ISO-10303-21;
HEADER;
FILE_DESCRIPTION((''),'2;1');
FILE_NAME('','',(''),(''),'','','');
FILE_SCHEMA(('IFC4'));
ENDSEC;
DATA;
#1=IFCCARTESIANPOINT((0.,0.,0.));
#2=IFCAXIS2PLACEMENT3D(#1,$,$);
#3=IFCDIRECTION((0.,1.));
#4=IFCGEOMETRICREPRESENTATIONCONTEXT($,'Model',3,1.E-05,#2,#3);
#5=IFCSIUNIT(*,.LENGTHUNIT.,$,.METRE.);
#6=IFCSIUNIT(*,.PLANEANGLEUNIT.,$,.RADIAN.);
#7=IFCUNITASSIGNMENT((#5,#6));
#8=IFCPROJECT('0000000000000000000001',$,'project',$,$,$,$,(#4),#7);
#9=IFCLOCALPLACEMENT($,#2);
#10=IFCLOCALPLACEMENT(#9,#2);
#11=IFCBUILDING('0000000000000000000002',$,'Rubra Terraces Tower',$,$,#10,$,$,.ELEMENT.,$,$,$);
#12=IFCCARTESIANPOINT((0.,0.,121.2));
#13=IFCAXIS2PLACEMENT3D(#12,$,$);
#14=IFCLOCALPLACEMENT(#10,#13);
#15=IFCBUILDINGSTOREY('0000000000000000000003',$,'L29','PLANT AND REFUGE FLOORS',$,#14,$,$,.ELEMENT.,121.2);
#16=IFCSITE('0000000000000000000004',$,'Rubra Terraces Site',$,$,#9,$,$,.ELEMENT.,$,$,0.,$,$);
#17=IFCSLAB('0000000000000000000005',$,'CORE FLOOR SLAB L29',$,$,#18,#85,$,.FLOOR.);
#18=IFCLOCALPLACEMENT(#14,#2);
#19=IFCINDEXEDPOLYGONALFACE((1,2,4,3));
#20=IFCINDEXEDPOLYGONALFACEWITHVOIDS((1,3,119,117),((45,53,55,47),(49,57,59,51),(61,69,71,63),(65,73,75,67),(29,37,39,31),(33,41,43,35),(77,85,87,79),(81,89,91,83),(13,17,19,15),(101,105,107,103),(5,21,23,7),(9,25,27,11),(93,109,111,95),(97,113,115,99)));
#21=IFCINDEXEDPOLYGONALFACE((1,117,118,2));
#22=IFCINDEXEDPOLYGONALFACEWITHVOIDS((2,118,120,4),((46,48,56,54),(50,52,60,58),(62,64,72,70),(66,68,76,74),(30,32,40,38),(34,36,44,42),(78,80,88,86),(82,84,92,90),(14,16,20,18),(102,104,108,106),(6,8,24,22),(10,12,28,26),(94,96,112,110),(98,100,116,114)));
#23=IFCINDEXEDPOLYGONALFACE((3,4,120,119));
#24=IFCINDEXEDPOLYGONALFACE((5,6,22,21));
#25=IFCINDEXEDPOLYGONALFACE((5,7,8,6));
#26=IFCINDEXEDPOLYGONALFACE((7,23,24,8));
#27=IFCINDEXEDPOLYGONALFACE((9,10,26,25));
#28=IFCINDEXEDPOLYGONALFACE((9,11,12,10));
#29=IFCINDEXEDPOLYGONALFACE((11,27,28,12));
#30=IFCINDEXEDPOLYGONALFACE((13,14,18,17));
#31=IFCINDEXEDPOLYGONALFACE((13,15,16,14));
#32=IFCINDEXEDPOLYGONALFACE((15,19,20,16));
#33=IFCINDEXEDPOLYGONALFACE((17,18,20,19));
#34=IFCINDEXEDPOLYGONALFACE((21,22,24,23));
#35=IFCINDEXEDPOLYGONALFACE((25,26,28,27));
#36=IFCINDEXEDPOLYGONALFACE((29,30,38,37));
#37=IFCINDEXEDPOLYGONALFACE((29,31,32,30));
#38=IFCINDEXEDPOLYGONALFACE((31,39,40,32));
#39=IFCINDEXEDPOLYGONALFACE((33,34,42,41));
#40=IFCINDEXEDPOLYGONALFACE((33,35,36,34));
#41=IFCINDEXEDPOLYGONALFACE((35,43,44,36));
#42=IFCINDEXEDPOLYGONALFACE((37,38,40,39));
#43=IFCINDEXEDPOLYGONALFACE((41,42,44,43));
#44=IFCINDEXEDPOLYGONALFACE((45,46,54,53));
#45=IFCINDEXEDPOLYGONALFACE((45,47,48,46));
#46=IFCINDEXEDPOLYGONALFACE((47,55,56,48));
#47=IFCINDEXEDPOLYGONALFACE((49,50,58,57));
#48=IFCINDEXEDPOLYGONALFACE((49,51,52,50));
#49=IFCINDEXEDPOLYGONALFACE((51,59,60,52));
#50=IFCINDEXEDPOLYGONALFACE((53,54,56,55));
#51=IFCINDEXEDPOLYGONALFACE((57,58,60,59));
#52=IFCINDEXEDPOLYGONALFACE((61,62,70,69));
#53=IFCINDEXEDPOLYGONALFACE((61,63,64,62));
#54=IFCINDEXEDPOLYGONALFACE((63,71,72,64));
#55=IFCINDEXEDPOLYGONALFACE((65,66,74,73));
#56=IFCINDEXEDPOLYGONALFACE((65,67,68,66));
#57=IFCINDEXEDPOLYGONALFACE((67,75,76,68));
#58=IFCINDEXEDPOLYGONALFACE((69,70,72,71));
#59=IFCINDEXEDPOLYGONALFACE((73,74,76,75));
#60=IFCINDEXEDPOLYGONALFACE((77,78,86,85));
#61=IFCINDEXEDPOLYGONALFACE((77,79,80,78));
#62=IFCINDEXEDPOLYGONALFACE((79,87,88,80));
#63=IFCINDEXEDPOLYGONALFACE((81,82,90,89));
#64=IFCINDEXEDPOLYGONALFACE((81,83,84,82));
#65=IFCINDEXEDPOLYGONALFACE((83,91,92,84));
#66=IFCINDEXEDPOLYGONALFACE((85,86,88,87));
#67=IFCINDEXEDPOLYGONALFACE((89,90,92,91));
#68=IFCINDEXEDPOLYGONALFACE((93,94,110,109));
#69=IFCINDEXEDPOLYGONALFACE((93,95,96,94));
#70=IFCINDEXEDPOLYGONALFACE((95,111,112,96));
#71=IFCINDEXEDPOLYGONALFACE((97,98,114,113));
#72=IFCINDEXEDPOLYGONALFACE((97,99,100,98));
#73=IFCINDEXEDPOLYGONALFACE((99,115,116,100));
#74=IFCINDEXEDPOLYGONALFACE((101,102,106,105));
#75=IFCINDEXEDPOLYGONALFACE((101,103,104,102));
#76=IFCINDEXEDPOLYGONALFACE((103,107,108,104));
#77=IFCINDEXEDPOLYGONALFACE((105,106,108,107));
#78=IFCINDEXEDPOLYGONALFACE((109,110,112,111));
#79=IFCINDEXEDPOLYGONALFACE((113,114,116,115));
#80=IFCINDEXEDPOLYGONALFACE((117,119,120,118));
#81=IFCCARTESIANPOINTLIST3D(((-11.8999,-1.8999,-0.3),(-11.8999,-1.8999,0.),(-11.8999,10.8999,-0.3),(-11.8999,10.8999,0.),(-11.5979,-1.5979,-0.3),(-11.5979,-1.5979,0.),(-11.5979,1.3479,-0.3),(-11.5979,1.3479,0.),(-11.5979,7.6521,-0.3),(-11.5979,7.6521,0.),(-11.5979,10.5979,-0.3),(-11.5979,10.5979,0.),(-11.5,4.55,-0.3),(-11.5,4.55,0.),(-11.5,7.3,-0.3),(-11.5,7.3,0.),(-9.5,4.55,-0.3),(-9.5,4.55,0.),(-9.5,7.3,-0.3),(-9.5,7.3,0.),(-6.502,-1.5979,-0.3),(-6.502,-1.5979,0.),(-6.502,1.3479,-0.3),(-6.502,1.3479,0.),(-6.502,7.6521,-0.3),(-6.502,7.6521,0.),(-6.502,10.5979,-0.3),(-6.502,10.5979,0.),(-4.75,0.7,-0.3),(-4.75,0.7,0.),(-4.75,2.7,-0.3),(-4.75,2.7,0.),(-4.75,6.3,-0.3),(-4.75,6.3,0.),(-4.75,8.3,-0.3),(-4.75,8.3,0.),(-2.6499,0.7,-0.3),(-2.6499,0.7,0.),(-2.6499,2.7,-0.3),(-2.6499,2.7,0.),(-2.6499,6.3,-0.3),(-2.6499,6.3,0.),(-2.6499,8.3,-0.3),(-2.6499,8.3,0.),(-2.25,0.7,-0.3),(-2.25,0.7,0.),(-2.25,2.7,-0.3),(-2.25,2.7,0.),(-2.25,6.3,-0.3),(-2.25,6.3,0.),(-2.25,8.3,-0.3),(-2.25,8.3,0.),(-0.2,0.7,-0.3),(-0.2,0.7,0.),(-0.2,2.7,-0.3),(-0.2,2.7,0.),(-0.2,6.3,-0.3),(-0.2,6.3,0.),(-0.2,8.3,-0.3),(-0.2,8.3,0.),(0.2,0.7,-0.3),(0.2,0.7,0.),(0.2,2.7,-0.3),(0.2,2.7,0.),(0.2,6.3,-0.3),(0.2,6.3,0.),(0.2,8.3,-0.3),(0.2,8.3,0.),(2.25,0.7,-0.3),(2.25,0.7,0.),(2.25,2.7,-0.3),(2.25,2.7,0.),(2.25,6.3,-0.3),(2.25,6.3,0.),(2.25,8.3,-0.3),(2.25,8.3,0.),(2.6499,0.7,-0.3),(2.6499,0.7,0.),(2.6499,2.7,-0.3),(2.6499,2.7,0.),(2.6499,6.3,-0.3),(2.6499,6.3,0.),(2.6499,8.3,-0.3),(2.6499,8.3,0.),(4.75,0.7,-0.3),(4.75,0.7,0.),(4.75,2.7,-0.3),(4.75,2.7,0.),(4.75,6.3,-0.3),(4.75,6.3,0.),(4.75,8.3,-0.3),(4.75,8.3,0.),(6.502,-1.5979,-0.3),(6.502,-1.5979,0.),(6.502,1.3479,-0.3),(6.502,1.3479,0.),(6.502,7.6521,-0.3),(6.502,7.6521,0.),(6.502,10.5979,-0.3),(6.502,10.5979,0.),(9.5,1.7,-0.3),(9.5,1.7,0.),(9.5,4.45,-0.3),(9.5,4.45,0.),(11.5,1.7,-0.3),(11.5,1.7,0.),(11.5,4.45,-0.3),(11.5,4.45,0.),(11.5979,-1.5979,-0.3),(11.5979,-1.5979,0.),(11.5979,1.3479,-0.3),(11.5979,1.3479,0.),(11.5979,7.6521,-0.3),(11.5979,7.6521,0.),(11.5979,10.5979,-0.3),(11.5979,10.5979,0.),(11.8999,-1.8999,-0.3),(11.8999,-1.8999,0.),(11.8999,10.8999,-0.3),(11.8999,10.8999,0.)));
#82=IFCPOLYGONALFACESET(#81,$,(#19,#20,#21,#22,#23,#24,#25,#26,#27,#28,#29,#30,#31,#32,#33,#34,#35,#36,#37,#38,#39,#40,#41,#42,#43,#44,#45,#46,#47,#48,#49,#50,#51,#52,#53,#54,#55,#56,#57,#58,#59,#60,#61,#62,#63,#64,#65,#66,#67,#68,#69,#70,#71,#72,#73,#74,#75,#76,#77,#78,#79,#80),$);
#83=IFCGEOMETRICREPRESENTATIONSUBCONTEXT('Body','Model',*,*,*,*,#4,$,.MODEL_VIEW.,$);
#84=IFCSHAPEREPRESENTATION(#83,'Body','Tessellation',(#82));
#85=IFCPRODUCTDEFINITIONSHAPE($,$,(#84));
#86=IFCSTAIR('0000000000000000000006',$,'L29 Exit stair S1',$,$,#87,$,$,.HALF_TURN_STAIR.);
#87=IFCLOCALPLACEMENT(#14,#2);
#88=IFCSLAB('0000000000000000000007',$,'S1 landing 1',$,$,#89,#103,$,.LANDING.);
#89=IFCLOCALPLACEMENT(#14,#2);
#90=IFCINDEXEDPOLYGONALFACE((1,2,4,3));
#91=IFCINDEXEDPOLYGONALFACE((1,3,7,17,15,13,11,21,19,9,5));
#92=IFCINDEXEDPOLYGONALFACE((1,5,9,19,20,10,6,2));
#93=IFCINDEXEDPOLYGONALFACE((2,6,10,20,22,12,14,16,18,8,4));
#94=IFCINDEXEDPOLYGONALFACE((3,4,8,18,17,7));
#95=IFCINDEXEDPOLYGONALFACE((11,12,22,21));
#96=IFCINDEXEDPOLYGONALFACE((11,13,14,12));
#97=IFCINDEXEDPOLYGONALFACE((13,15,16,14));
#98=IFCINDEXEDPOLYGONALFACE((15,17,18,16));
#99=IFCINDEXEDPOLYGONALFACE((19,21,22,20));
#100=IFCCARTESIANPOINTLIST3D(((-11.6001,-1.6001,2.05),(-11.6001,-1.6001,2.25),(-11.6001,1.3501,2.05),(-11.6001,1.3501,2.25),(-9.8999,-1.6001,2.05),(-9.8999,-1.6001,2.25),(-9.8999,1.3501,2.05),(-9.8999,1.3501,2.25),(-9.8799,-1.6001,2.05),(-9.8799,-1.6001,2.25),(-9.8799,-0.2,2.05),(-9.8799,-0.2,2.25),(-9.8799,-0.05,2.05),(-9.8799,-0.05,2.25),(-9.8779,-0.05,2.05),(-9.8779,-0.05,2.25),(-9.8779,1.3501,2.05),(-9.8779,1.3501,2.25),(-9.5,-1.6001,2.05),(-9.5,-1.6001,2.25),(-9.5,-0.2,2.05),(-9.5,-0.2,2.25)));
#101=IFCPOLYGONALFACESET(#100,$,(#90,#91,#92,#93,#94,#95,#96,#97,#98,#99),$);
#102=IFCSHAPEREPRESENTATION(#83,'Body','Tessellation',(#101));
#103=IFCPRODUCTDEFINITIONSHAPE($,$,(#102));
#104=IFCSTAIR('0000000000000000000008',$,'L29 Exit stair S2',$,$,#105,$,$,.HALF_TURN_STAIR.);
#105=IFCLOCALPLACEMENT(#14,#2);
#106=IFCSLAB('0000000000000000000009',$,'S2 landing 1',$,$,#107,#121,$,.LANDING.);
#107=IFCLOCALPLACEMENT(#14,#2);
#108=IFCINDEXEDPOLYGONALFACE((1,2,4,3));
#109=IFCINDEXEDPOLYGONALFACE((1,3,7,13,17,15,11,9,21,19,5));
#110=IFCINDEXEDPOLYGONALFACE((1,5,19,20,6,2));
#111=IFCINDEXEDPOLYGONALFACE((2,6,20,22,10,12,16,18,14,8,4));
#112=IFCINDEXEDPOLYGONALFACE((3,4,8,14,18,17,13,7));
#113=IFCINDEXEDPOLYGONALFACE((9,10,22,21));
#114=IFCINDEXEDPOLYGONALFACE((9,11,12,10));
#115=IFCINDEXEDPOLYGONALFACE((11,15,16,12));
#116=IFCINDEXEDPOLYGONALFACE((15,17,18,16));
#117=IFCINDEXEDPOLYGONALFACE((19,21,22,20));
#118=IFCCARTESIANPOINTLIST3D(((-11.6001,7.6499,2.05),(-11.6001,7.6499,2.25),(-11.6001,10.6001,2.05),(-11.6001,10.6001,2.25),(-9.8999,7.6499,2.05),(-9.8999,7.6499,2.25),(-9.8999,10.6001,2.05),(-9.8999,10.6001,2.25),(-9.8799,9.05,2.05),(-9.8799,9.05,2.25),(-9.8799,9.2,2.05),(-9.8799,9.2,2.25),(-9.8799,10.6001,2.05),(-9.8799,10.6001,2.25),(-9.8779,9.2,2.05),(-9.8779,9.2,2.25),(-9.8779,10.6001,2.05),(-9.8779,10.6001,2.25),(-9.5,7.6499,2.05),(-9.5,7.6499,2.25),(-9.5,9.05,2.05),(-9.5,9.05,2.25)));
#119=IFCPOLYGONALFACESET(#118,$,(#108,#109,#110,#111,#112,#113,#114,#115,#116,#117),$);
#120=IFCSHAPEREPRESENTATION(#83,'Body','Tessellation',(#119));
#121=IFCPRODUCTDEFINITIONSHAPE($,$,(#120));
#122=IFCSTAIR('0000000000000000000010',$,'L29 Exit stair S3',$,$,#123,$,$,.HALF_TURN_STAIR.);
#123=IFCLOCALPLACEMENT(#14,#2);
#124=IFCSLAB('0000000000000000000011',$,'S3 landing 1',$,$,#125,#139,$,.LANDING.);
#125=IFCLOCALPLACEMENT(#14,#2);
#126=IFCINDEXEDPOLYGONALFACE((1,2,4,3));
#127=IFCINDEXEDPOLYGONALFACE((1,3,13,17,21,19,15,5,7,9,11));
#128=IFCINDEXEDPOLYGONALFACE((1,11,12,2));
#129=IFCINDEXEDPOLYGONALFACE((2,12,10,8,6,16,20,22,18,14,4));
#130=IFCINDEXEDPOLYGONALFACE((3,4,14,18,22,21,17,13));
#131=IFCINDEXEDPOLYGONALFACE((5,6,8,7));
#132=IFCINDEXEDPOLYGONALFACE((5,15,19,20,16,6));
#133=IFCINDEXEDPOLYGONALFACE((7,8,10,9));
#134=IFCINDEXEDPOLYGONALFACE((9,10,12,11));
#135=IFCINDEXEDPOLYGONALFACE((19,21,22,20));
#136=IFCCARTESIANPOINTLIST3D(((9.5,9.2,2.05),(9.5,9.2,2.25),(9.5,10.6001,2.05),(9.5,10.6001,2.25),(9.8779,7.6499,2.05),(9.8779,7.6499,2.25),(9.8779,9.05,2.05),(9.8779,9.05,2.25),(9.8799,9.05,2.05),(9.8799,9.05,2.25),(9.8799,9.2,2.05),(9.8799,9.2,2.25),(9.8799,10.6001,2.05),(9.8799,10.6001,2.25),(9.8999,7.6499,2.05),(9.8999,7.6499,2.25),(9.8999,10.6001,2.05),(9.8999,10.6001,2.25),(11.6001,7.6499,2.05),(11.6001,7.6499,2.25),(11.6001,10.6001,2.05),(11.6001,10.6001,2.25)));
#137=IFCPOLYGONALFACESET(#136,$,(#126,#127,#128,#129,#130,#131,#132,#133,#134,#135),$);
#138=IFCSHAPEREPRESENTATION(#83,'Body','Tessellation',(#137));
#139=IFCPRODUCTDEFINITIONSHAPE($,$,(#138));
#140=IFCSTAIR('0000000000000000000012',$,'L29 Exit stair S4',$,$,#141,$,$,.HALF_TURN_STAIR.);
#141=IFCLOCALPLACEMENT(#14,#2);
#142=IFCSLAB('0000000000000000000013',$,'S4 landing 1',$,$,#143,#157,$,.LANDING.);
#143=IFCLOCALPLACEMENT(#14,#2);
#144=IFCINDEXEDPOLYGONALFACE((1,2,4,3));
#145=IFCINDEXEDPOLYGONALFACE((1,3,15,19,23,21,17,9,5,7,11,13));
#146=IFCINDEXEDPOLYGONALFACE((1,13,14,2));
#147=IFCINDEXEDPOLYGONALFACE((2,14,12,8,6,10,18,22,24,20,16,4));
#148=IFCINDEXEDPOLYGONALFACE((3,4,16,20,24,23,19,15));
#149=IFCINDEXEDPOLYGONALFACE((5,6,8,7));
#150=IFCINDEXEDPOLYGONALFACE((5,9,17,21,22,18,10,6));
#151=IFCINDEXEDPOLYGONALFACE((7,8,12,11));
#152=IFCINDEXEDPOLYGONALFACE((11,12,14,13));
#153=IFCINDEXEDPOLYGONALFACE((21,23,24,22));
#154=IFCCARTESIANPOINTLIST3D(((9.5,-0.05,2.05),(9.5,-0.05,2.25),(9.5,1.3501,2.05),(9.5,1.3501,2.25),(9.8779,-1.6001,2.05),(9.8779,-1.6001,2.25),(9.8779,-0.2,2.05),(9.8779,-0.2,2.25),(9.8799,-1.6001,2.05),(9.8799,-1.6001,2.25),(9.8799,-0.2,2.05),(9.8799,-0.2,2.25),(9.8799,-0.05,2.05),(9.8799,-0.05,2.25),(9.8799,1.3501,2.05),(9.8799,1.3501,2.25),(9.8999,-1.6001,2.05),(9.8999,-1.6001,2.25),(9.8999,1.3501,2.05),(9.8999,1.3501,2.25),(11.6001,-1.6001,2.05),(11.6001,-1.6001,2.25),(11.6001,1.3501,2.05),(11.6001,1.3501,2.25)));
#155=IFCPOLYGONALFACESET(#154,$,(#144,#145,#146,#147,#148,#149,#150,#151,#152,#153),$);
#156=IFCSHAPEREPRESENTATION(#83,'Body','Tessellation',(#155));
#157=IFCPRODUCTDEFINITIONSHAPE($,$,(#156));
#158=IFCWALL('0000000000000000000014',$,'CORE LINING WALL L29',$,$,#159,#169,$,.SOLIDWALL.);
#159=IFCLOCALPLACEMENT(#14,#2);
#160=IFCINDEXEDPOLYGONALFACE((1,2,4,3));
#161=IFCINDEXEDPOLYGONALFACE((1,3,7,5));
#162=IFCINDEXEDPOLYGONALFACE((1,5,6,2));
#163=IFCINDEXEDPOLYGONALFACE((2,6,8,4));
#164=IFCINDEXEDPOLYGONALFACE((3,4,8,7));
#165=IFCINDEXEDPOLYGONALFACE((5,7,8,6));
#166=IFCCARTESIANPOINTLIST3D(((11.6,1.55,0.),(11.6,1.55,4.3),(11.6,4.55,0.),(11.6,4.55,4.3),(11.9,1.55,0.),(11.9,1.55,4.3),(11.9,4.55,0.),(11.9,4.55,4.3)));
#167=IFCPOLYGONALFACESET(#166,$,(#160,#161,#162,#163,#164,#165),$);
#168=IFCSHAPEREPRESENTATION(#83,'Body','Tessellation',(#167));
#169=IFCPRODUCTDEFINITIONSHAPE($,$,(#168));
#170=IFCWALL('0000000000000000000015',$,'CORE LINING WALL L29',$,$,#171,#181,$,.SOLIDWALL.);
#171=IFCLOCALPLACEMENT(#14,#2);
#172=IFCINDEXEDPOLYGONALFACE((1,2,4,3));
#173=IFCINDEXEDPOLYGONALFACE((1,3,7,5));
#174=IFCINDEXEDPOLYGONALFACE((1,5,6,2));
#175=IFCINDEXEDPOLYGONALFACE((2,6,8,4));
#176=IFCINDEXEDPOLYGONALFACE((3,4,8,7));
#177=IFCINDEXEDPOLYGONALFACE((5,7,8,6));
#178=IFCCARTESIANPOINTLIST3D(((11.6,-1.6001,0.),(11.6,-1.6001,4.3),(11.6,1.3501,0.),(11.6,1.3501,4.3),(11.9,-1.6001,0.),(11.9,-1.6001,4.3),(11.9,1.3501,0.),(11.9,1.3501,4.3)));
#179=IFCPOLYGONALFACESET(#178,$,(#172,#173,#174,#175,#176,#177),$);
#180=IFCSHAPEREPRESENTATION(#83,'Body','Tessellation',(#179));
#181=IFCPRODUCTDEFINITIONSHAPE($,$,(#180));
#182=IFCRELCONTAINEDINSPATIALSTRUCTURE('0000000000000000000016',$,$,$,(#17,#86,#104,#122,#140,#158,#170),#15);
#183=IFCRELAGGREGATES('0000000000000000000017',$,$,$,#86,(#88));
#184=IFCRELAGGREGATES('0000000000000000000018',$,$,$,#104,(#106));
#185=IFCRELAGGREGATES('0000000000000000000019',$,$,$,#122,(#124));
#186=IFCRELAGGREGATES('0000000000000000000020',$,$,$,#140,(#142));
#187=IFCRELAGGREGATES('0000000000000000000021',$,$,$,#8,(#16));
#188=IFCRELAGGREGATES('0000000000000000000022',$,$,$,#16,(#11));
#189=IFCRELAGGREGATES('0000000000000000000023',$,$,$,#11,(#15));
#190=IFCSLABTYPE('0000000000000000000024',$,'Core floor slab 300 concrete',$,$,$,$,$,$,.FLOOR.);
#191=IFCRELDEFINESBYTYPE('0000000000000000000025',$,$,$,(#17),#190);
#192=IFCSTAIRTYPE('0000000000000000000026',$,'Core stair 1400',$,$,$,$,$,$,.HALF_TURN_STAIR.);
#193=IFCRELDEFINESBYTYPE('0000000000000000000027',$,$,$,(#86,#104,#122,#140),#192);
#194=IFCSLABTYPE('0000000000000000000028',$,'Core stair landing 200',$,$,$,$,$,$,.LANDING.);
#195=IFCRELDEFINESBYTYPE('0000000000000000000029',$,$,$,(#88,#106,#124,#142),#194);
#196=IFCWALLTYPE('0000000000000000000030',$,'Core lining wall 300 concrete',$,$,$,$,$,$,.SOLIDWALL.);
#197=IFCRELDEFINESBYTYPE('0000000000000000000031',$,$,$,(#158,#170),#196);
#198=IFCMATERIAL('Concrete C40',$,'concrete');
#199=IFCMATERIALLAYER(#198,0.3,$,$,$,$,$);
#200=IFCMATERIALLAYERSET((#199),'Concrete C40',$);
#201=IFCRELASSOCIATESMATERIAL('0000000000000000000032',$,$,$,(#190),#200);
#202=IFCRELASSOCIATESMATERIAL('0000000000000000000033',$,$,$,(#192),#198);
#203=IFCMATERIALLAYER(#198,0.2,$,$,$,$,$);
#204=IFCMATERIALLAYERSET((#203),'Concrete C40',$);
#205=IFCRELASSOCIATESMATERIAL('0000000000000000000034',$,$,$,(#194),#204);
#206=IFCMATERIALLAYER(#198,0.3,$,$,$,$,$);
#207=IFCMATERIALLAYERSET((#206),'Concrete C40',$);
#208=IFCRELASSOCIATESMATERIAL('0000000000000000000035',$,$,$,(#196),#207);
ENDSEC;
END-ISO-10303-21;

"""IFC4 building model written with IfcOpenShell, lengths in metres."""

from ifc_helpers import new_model, si_unit, direction, frame, frame_2d, origin, place, context, subcontext, project, spatial, polyline, rectangle, outline, extrude, material, layer, layer_set, type_object, element, aggregate, save


model = new_model("IFC4")

# Units and contexts
model_context = context("Model", 3, precision=1e-05, world=origin(), true_north=direction((0.0, 1.0)))
body_context = subcontext(model_context, "Body", "Model", "MODEL_VIEW")
ifc_project = project(units=[si_unit("LENGTHUNIT", "METRE"), si_unit("PLANEANGLEUNIT", "RADIAN")], contexts=[model_context])

# Site, building, storey
site_placement = place(None, origin())
site = spatial("IfcSite", under=ifc_project, at=site_placement, Name="Rubra Terraces Site", CompositionType="ELEMENT", RefElevation=0.0)
building_placement = place(site_placement, origin())
building = spatial("IfcBuilding", under=site, at=building_placement, Name="Rubra Terraces Tower", CompositionType="ELEMENT")
storey_placement = place(building_placement, frame((0.0, 0.0, 121.2)))
storey = spatial("IfcBuildingStorey", under=building, at=storey_placement, Name="L29", Description="PLANT AND REFUGE FLOORS", CompositionType="ELEMENT", Elevation=121.2)

# Slab
ifc_material_1 = material(Name="Concrete C40", Category="concrete")
ifc_layer_1 = layer(ifc_material_1, 0.3)
ifc_layer_set_1 = layer_set([ifc_layer_1], Name="Concrete C40")
slab_type_1 = type_object("IfcSlabType", Name="Core floor slab 300 concrete", PredefinedType="FLOOR", material=ifc_layer_set_1)
slab_1_placement = place(storey_placement, frame((0.0, 0.0, -0.3)))
element("IfcSlab", 1, at=slab_1_placement, inside=storey, type_object=slab_type_1, Name="CORE FLOOR SLAB L29", PredefinedType="FLOOR", context=body_context, shape_type="SweptSolid", body=[
    extrude(outline(polyline([(-11.8999, -1.8999), (-11.8999, 10.8999), (11.8999, 10.8999), (11.8999, -1.8999), (-11.8999, -1.8999)]), holes=[polyline([(11.5979, 1.3479), (6.502, 1.3479), (6.502, -1.5979), (11.5979, -1.5979), (11.5979, 1.3479)]), polyline([(11.5979, 7.6521), (11.5979, 10.5979), (6.502, 10.5979), (6.502, 7.6521), (11.5979, 7.6521)]), polyline([(9.5, 1.7), (11.5, 1.7), (11.5, 4.45), (9.5, 4.45), (9.5, 1.7)]), polyline([(4.75, 0.7), (4.75, 2.7), (2.6499, 2.7), (2.6499, 0.7), (4.75, 0.7)]), polyline([(4.75, 6.3), (4.75, 8.3), (2.6499, 8.3), (2.6499, 6.3), (4.75, 6.3)]), polyline([(2.25, 0.7), (2.25, 2.7), (0.2, 2.7), (0.2, 0.7), (2.25, 0.7)]), polyline([(2.25, 6.3), (2.25, 8.3), (0.2, 8.3), (0.2, 6.3), (2.25, 6.3)]), polyline([(-0.2, 0.7), (-0.2, 2.7), (-2.25, 2.7), (-2.25, 0.7), (-0.2, 0.7)]), polyline([(-0.2, 6.3), (-0.2, 8.3), (-2.25, 8.3), (-2.25, 6.3), (-0.2, 6.3)]), polyline([(-2.6499, 0.7), (-2.6499, 2.7), (-4.75, 2.7), (-4.75, 0.7), (-2.6499, 0.7)]), polyline([(-2.6499, 8.3), (-4.75, 8.3), (-4.75, 6.3), (-2.6499, 6.3), (-2.6499, 8.3)]), polyline([(-11.5979, -1.5979), (-6.502, -1.5979), (-6.502, 1.3479), (-11.5979, 1.3479), (-11.5979, -1.5979)]), polyline([(-11.5979, 10.5979), (-11.5979, 7.6521), (-6.502, 7.6521), (-6.502, 10.5979), (-11.5979, 10.5979)]), polyline([(-9.5, 4.55), (-9.5, 7.3), (-11.5, 7.3), (-11.5, 4.55), (-9.5, 4.55)])]), origin(), (0.0, 0.0, 1.0), 0.3),
])

# Stairs, slabs
stair_type = type_object("IfcStairType", Name="Core stair 1400", PredefinedType="HALF_TURN_STAIR", material=ifc_material_1)
stair_1_placement = place(storey_placement, origin())
stair_1 = element("IfcStair", 2, at=stair_1_placement, inside=storey, type_object=stair_type, Name="L29 Exit stair S1", PredefinedType="HALF_TURN_STAIR")
ifc_layer_2 = layer(ifc_material_1, 0.2)
ifc_layer_set_2 = layer_set([ifc_layer_2], Name="Concrete C40")
slab_type_2 = type_object("IfcSlabType", Name="Core stair landing 200", PredefinedType="LANDING", material=ifc_layer_set_2)
slab_2_placement = place(storey_placement, frame((0.0, 0.0, 2.05)))
slab_2 = element("IfcSlab", 3, at=slab_2_placement, type_object=slab_type_2, Name="S1 landing 1", PredefinedType="LANDING", context=body_context, shape_type="SweptSolid", body=[
    extrude(outline(polyline([(-9.5, -0.2), (-9.5, -1.6001), (-9.8799, -1.6001), (-9.8999, -1.6001), (-11.6001, -1.6001), (-11.6001, 1.3501), (-9.8999, 1.3501), (-9.8779, 1.3501), (-9.8779, -0.05), (-9.8799, -0.05), (-9.8799, -0.2), (-9.5, -0.2)])), origin(), (0.0, 0.0, 1.0), 0.2),
])
aggregate(stair_1, [slab_2])
stair_2_placement = place(storey_placement, origin())
stair_2 = element("IfcStair", 4, at=stair_2_placement, inside=storey, type_object=stair_type, Name="L29 Exit stair S2", PredefinedType="HALF_TURN_STAIR")
slab_3_placement = place(storey_placement, frame((0.0, 0.0, 2.05)))
slab_3 = element("IfcSlab", 5, at=slab_3_placement, type_object=slab_type_2, Name="S2 landing 1", PredefinedType="LANDING", context=body_context, shape_type="SweptSolid", body=[
    extrude(outline(polyline([(-9.5, 9.05), (-9.5, 7.6499), (-9.8999, 7.6499), (-11.6001, 7.6499), (-11.6001, 10.6001), (-9.8999, 10.6001), (-9.8799, 10.6001), (-9.8779, 10.6001), (-9.8779, 9.2), (-9.8799, 9.2), (-9.8799, 9.05), (-9.5, 9.05)])), origin(), (0.0, 0.0, 1.0), 0.2),
])
aggregate(stair_2, [slab_3])
stair_3_placement = place(storey_placement, origin())
stair_3 = element("IfcStair", 6, at=stair_3_placement, inside=storey, type_object=stair_type, Name="L29 Exit stair S3", PredefinedType="HALF_TURN_STAIR")
slab_4_placement = place(storey_placement, frame((0.0, 0.0, 2.05)))
slab_4 = element("IfcSlab", 7, at=slab_4_placement, type_object=slab_type_2, Name="S3 landing 1", PredefinedType="LANDING", context=body_context, shape_type="SweptSolid", body=[
    extrude(outline(polyline([(9.8799, 9.05), (9.8799, 9.2), (9.5, 9.2), (9.5, 10.6001), (9.8799, 10.6001), (9.8999, 10.6001), (11.6001, 10.6001), (11.6001, 7.6499), (9.8999, 7.6499), (9.8779, 7.6499), (9.8779, 9.05), (9.8799, 9.05)])), origin(), (0.0, 0.0, 1.0), 0.2),
])
stair_4_placement = place(storey_placement, origin())
stair_4 = element("IfcStair", 8, at=stair_4_placement, inside=storey, type_object=stair_type, Name="L29 Exit stair S4", PredefinedType="HALF_TURN_STAIR")
slab_5_placement = place(storey_placement, frame((0.0, 0.0, 2.05)))
slab_5 = element("IfcSlab", 9, at=slab_5_placement, type_object=slab_type_2, Name="S4 landing 1", PredefinedType="LANDING", context=body_context, shape_type="SweptSolid", body=[
    extrude(outline(polyline([(9.8799, -0.2), (9.8799, -0.05), (9.5, -0.05), (9.5, 1.3501), (9.8799, 1.3501), (9.8999, 1.3501), (11.6001, 1.3501), (11.6001, -1.6001), (9.8999, -1.6001), (9.8799, -1.6001), (9.8779, -1.6001), (9.8779, -0.2), (9.8799, -0.2)])), origin(), (0.0, 0.0, 1.0), 0.2),
])

# Walls
ifc_layer_3 = layer(ifc_material_1, 0.3)
ifc_layer_set_3 = layer_set([ifc_layer_3], Name="Concrete C40")
wall_type_1 = type_object("IfcWallType", Name="Core lining wall 300 concrete", PredefinedType="SOLIDWALL", material=ifc_layer_set_3)
wall_1_placement = place(storey_placement, frame((11.75, 4.55, 0.0), z_axis=(0.0, 0.0, 1.0), x_axis=(0.0, -1.0, 0.0)))
element("IfcWall", 10, at=wall_1_placement, inside=storey, type_object=wall_type_1, Name="CORE LINING WALL L29", PredefinedType="SOLIDWALL", context=body_context, shape_type="SweptSolid", body=[
    extrude(rectangle(XDim=3.0, YDim=0.3, at=frame_2d((1.5, 0.0))), origin(), (0.0, 0.0, 1.0), 4.3),
])
wall_2_placement = place(storey_placement, frame((11.75, 1.3501, 0.0), z_axis=(0.0, 0.0, 1.0), x_axis=(0.0, -1.0, 0.0)))
element("IfcWall", 11, at=wall_2_placement, inside=storey, type_object=wall_type_1, Name="CORE LINING WALL L29", PredefinedType="SOLIDWALL", context=body_context, shape_type="SweptSolid", body=[
    extrude(rectangle(XDim=2.9502, YDim=0.3, at=frame_2d((1.4751, 0.0))), origin(), (0.0, 0.0, 1.0), 4.3),
])

aggregate(stair_3, [slab_4])
aggregate(stair_4, [slab_5])

save(model, "model.ifc")
